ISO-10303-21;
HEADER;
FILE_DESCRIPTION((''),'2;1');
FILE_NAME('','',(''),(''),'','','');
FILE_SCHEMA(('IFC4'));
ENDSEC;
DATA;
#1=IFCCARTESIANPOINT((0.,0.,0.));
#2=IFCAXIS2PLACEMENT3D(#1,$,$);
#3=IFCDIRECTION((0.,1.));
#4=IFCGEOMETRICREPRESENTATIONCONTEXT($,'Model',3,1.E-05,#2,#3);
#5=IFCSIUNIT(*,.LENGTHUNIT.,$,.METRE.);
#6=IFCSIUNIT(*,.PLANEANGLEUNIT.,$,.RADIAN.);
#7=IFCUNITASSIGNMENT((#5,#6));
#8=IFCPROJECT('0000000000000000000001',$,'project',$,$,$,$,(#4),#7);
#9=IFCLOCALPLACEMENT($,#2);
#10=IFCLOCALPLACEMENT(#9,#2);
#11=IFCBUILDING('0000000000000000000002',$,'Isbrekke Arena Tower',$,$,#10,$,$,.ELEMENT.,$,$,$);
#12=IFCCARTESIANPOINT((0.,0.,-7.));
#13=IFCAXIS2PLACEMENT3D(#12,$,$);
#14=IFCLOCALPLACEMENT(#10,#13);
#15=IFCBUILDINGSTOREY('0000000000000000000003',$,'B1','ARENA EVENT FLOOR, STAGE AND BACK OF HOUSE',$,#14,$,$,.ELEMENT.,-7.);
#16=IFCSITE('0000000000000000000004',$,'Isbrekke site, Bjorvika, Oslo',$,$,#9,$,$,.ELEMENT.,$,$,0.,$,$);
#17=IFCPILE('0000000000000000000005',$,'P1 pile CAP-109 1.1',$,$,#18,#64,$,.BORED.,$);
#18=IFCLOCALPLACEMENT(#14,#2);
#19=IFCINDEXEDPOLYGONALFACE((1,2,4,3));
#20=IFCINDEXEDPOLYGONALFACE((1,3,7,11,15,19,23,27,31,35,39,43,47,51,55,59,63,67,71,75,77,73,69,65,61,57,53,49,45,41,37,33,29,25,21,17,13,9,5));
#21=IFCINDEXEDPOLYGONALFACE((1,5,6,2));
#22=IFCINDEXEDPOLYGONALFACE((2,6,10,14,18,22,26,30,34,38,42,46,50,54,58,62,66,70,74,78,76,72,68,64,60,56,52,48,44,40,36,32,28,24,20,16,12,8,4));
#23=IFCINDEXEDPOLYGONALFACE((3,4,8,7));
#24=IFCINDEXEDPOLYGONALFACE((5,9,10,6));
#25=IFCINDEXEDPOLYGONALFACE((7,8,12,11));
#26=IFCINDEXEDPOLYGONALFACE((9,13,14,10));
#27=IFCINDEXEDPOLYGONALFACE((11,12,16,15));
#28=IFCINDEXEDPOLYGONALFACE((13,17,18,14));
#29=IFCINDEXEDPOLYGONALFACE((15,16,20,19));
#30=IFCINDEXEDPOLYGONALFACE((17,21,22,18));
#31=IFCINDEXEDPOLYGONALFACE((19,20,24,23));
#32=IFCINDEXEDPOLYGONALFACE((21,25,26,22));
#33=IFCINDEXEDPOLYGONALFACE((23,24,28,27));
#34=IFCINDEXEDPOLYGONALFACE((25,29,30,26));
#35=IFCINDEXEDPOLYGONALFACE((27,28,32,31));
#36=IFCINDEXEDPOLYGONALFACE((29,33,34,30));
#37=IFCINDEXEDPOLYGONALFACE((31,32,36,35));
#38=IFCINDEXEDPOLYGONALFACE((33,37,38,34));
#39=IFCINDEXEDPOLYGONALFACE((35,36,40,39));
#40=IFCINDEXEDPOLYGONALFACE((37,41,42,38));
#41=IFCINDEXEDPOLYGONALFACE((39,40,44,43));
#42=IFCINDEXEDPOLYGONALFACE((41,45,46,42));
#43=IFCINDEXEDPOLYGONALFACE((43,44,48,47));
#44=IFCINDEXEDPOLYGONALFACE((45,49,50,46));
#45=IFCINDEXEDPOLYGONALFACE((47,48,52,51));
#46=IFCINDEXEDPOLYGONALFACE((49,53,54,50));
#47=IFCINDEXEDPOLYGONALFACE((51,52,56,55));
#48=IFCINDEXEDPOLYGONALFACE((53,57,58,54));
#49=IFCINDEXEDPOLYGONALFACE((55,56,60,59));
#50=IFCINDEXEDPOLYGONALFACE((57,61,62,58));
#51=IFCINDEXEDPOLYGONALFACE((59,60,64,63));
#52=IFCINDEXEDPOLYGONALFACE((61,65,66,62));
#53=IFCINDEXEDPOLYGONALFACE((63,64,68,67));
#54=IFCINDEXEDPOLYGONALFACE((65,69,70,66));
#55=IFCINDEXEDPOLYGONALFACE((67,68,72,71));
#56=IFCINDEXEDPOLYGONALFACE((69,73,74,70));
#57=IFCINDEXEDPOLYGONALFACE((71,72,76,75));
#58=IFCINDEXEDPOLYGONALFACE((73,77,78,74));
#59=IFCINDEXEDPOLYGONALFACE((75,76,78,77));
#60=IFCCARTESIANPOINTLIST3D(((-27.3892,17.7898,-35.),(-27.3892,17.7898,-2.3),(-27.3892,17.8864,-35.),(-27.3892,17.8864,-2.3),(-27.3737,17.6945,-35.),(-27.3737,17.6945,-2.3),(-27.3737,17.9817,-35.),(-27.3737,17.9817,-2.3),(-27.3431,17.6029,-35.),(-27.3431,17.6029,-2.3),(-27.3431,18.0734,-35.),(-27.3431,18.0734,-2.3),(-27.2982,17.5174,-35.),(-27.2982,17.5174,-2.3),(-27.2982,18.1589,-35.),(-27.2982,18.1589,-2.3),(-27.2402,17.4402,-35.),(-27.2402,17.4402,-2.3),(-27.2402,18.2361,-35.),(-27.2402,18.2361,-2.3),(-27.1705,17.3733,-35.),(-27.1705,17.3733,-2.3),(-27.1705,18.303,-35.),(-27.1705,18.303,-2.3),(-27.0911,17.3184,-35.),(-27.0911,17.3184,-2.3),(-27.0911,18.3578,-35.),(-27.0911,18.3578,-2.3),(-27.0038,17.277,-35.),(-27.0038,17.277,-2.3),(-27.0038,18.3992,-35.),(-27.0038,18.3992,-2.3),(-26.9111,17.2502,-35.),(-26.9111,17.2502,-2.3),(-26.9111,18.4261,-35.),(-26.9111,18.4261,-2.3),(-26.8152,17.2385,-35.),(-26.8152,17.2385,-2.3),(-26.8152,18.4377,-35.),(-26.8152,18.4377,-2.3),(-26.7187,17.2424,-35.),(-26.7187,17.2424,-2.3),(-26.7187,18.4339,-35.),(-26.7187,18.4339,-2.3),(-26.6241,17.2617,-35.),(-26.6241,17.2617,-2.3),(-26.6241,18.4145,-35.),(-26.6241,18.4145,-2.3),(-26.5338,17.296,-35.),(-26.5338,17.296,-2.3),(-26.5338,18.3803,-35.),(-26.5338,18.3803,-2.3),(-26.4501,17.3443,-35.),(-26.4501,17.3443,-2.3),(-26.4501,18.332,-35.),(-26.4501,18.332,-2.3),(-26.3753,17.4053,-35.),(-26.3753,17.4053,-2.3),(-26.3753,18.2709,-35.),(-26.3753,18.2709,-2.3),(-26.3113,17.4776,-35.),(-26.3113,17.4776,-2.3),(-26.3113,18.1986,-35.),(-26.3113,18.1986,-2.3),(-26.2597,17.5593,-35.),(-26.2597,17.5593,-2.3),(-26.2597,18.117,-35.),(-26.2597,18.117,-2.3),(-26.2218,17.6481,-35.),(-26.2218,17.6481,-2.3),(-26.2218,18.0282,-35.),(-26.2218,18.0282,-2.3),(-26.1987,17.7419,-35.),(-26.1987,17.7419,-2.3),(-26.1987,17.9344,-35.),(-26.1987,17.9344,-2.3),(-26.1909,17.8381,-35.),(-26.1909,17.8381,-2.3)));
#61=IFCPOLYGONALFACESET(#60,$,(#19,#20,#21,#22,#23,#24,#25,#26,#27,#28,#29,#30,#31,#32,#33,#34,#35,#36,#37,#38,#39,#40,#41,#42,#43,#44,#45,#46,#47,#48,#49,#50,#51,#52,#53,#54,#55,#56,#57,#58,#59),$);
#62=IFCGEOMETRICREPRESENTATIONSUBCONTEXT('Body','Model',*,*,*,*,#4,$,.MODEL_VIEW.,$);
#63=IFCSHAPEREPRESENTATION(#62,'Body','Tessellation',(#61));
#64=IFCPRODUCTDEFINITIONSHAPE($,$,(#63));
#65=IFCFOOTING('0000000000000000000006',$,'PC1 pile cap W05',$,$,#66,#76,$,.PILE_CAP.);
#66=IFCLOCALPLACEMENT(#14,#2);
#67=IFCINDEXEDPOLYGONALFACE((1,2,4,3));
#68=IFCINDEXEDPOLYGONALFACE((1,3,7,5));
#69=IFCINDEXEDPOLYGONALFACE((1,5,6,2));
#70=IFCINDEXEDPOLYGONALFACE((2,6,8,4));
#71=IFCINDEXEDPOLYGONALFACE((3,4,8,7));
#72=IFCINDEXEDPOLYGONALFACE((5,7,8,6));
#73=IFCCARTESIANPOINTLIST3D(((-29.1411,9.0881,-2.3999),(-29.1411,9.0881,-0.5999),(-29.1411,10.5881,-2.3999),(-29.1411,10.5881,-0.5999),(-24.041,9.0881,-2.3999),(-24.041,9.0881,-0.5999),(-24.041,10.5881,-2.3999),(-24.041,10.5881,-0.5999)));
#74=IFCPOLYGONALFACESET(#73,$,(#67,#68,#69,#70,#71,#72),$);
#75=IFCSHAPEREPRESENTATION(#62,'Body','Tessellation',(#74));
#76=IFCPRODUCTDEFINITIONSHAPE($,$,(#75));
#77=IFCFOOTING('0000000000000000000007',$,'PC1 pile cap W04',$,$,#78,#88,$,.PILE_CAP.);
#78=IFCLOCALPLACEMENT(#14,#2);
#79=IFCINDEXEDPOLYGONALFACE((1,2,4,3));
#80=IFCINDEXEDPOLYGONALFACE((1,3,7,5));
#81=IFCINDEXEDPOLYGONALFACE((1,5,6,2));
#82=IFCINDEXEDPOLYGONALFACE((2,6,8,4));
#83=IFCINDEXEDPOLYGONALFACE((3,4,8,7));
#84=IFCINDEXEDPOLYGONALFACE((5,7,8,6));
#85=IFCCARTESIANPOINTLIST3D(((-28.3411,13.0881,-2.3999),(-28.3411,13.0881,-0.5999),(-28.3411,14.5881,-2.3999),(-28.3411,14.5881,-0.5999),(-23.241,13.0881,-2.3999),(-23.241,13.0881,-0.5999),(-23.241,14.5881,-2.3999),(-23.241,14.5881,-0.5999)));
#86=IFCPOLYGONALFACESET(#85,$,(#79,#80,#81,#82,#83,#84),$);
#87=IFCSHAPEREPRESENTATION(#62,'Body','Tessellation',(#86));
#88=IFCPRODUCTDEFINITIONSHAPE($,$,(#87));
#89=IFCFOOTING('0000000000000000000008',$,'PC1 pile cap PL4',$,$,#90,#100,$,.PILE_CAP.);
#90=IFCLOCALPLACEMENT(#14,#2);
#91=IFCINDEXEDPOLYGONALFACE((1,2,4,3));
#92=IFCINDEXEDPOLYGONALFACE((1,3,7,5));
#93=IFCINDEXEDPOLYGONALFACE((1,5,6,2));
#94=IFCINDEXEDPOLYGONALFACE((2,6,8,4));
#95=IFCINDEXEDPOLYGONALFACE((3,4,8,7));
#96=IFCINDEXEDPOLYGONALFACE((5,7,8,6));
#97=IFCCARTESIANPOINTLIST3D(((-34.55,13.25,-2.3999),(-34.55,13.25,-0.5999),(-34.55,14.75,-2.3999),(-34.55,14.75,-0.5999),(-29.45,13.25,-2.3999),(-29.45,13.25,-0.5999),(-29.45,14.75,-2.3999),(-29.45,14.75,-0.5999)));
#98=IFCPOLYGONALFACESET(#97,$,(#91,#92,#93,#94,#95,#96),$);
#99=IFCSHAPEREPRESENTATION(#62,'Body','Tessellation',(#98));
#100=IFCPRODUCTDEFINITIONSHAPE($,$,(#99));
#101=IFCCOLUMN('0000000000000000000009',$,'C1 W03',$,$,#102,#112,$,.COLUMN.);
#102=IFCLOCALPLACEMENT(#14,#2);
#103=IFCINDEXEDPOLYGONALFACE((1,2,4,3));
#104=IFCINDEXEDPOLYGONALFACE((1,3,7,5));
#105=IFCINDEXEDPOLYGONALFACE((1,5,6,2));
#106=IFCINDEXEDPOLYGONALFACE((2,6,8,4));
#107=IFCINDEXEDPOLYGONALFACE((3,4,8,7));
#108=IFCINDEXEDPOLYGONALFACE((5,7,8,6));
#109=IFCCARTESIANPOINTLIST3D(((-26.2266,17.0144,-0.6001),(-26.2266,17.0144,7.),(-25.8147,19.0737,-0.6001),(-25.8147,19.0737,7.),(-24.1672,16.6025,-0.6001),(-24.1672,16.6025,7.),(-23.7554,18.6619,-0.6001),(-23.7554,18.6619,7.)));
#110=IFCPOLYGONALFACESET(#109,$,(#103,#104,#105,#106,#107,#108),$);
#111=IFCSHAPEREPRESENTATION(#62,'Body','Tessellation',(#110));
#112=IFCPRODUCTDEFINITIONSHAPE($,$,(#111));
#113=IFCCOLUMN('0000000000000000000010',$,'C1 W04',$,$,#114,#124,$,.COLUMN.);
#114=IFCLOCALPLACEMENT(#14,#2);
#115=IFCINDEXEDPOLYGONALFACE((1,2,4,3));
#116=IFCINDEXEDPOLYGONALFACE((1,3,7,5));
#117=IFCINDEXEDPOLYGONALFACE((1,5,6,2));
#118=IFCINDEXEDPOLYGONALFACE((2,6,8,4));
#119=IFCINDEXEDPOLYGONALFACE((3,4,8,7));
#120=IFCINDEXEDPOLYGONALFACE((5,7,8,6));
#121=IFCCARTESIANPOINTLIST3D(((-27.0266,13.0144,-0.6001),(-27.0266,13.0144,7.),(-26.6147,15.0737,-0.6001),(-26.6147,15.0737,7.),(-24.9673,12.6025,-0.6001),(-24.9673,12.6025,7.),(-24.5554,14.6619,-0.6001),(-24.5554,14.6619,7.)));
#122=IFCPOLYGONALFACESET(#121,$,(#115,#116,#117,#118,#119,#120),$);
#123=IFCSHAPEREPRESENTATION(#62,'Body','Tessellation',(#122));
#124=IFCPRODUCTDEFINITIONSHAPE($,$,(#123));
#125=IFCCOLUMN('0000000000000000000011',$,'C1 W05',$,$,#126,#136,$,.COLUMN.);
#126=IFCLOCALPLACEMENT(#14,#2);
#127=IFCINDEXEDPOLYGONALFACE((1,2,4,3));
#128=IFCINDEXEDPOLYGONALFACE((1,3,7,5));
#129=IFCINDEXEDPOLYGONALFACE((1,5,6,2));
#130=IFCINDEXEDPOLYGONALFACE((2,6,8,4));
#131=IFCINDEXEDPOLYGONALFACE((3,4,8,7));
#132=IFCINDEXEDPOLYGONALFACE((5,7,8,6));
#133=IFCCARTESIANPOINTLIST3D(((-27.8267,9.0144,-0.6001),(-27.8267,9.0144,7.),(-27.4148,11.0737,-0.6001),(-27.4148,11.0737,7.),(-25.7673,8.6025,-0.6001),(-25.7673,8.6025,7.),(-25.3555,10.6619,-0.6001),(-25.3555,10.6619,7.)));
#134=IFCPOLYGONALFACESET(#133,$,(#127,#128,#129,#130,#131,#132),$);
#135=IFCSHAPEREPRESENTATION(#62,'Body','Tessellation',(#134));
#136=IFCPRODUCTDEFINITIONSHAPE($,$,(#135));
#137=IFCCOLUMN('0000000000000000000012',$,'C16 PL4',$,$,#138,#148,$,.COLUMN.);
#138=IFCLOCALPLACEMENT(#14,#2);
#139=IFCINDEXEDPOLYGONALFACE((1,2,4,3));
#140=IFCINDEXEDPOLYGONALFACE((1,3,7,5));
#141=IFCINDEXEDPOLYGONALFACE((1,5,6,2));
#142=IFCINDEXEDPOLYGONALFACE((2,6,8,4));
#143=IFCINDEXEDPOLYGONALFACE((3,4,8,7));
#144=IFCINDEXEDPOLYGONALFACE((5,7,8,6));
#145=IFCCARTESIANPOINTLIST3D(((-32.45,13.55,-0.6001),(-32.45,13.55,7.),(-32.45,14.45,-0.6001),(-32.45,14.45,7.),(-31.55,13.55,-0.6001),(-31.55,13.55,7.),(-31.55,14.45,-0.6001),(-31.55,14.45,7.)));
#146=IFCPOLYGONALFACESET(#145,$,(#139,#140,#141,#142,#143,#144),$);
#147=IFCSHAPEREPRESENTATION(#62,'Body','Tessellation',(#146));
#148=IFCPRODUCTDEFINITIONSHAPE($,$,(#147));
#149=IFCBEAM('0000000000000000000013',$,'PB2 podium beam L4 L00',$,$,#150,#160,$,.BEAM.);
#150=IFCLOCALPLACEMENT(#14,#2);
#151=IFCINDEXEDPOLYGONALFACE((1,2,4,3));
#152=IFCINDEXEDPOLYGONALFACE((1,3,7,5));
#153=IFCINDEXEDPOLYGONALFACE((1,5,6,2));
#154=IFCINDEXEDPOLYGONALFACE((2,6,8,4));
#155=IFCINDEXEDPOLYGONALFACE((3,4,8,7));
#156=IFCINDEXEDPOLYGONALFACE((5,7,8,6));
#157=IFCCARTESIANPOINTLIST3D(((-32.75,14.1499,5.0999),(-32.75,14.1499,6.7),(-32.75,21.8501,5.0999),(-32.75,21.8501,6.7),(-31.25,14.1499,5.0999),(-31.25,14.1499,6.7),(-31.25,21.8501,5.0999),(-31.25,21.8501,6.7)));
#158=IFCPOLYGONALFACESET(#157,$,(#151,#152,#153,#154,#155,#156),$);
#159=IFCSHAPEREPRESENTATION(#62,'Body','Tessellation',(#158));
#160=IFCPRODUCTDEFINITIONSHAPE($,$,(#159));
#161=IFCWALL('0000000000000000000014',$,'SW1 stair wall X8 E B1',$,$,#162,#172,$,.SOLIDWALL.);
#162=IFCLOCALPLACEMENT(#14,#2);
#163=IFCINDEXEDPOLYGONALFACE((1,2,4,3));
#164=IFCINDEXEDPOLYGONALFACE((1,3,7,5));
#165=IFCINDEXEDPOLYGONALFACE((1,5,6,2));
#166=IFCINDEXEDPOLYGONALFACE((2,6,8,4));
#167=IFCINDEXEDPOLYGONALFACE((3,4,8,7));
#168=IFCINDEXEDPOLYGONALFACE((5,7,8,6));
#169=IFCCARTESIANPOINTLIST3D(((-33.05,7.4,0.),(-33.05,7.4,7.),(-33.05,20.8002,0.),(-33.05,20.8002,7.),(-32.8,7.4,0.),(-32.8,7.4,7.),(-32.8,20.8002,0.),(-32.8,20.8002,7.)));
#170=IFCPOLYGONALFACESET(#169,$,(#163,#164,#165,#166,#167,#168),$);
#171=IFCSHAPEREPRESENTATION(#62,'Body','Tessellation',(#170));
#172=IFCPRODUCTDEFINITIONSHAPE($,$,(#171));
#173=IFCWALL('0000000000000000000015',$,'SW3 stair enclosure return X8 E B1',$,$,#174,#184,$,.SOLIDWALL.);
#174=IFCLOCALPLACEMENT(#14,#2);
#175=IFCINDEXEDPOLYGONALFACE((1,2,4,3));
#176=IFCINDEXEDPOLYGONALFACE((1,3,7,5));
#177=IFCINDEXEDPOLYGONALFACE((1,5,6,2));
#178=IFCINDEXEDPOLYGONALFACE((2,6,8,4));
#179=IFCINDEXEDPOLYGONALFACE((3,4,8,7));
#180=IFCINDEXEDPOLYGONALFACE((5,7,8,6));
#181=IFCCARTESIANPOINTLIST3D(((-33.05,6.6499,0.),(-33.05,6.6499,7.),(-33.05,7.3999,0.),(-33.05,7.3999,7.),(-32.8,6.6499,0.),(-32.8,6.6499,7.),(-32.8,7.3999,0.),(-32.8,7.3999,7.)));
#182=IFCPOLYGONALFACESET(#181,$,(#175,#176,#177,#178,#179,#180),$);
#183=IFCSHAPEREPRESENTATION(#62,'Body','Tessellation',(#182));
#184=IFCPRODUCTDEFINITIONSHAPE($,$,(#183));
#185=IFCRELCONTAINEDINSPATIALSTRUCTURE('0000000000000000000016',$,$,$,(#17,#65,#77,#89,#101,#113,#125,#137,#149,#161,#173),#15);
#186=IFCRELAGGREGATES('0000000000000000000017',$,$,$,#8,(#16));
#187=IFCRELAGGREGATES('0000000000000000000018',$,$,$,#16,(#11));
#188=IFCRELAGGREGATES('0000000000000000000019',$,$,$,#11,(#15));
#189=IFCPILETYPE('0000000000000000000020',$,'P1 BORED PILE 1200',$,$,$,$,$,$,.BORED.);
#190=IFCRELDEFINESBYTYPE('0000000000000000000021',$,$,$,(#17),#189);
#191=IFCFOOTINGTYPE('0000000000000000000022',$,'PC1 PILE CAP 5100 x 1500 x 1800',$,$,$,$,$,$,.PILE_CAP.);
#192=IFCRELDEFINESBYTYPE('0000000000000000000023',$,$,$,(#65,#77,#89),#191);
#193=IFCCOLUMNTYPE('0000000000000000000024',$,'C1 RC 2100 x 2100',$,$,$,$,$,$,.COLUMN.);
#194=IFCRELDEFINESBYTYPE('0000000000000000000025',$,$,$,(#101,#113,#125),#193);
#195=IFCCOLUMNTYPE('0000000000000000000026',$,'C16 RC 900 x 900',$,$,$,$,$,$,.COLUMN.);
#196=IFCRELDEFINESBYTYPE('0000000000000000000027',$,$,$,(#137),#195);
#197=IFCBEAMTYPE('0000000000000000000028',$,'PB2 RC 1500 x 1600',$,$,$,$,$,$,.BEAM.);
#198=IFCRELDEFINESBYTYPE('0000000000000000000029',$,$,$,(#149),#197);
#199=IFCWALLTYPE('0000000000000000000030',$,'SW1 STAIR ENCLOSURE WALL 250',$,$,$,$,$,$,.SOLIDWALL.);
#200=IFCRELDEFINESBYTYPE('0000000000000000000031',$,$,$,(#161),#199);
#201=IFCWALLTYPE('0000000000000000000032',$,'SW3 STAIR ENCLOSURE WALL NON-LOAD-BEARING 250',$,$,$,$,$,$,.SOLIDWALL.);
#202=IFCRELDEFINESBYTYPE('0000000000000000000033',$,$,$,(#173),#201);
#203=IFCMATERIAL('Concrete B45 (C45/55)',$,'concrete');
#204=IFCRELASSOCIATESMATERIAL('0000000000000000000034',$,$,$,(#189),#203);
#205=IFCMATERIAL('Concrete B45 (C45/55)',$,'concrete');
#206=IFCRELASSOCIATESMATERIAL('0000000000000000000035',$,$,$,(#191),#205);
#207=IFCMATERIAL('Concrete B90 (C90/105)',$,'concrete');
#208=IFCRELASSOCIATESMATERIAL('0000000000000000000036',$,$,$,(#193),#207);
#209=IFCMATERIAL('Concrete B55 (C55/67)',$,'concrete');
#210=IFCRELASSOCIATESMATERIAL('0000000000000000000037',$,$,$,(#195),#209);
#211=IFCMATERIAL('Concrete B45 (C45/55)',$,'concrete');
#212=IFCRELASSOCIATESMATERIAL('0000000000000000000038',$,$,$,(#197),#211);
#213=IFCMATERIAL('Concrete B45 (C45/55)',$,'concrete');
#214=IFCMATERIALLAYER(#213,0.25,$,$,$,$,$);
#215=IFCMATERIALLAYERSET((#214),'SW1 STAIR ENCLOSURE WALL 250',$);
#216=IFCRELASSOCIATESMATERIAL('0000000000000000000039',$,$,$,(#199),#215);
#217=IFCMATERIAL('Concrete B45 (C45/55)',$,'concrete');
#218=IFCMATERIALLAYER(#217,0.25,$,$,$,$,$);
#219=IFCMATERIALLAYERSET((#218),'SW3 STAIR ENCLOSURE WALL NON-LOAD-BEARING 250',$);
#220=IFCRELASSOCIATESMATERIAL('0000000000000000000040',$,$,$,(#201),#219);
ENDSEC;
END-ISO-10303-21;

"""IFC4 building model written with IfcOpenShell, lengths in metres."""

from ifc_helpers import new_model, si_unit, direction, frame, frame_2d, origin, origin_2d, place, context, subcontext, project, spatial, rectangle, circle, extrude, material, layer, layer_set, material_profile, profile_set, type_object, element, save


model = new_model("IFC4")

# Units and contexts
model_context = context("Model", 3, precision=1e-05, world=origin(), true_north=direction((0.0, 1.0)))
body_context = subcontext(model_context, "Body", "Model", "MODEL_VIEW")
ifc_project = project(units=[si_unit("LENGTHUNIT", "METRE"), si_unit("PLANEANGLEUNIT", "RADIAN")], contexts=[model_context])

# Site, building, storey
site_placement = place(None, origin())
site = spatial("IfcSite", under=ifc_project, at=site_placement, Name="Isbrekke site, Bjorvika, Oslo", CompositionType="ELEMENT", RefElevation=0.0)
building_placement = place(site_placement, origin())
building = spatial("IfcBuilding", under=site, at=building_placement, Name="Isbrekke Arena Tower", CompositionType="ELEMENT")
storey_placement = place(building_placement, frame((0.0, 0.0, -7.0)))
storey = spatial("IfcBuildingStorey", under=building, at=storey_placement, Name="B1", Description="ARENA EVENT FLOOR, STAGE AND BACK OF HOUSE", CompositionType="ELEMENT", Elevation=-7.0)

# Pile
ifc_material_1 = material(Name="Concrete B45 (C45/55)", Category="concrete")
ifc_material_profile_1 = material_profile(ifc_material_1, circle(Radius=0.6001, at=origin_2d()), Name="BORED PILE D1200")
ifc_profile_set_1 = profile_set([ifc_material_profile_1], Name="Concrete B45 (C45/55)")
pile_type = type_object("IfcPileType", Name="P1 BORED PILE 1200", PredefinedType="BORED", material=ifc_profile_set_1)
for number, where, z_axis, x_axis, name in (
    (1, (-26.791, 17.8381, -2.3), (0.0, 0.0, -1.0), (1.0, 0.0, 0.0), "P1 pile CAP-109 1.1"),
):
    element("IfcPile", number, at=place(storey_placement, frame(where, z_axis=z_axis, x_axis=x_axis)), inside=storey, type_object=pile_type, Name=name, PredefinedType="BORED", context=body_context, shape_type="SweptSolid", body=[
        extrude(circle(Radius=0.6001, at=origin_2d()), origin(), (0.0, 0.0, 1.0), 32.7),
    ])

# Footings
ifc_material_2 = material(Name="Concrete B45 (C45/55)", Category="concrete")
footing_type = type_object("IfcFootingType", Name="PC1 PILE CAP 5100 x 1500 x 1800", PredefinedType="PILE_CAP", material=ifc_material_2)
for number, where, z_axis, x_axis, name in (
    (2, (-26.5911, 9.8381, -2.3999), (0.0, 0.0, 1.0), (1.0, 0.0, 0.0), "PC1 pile cap W05"),
    (3, (-25.791, 13.8381, -2.3999), (0.0, 0.0, 1.0), (1.0, 0.0, 0.0), "PC1 pile cap W04"),
    (4, (-32.0, 14.0, -2.3999), (0.0, 0.0, 1.0), (1.0, 0.0, 0.0), "PC1 pile cap PL4"),
):
    element("IfcFooting", number, at=place(storey_placement, frame(where, z_axis=z_axis, x_axis=x_axis)), inside=storey, type_object=footing_type, Name=name, PredefinedType="PILE_CAP", context=body_context, shape_type="SweptSolid", body=[
        extrude(rectangle(XDim=5.1001, YDim=1.5, at=origin_2d()), origin(), (0.0, 0.0, 1.0), 1.8),
    ])

# Columns
ifc_material_3 = material(Name="Concrete B90 (C90/105)", Category="concrete")
ifc_material_profile_2 = material_profile(ifc_material_3, rectangle(XDim=2.1001, YDim=2.1001, at=origin_2d()), Name="RC 2100x2100")
ifc_profile_set_2 = profile_set([ifc_material_profile_2], Name="Concrete B90 (C90/105)")
column_type_1 = type_object("IfcColumnType", Name="C1 RC 2100 x 2100", PredefinedType="COLUMN", material=ifc_profile_set_2)
for number, where, z_axis, x_axis, name in (
    (5, (-24.991, 17.8381, -0.6001), (0.0, 0.0, 1.0), (-0.196116, -0.980581, 0.0), "C1 W03"),
    (6, (-25.791, 13.8381, -0.6001), (0.0, 0.0, 1.0), (-0.196116, -0.980581, 0.0), "C1 W04"),
    (7, (-26.5911, 9.8381, -0.6001), (0.0, 0.0, 1.0), (-0.196116, -0.980581, 0.0), "C1 W05"),
):
    element("IfcColumn", number, at=place(storey_placement, frame(where, z_axis=z_axis, x_axis=x_axis)), inside=storey, type_object=column_type_1, Name=name, PredefinedType="COLUMN", context=body_context, shape_type="SweptSolid", body=[
        extrude(rectangle(XDim=2.1001, YDim=2.1001, at=origin_2d()), origin(), (0.0, 0.0, 1.0), 7.6001),
    ])
ifc_material_4 = material(Name="Concrete B55 (C55/67)", Category="concrete")
ifc_material_profile_3 = material_profile(ifc_material_4, rectangle(XDim=0.8999, YDim=0.8999, at=origin_2d()), Name="RC 900x900")
ifc_profile_set_3 = profile_set([ifc_material_profile_3], Name="Concrete B55 (C55/67)")
column_type_2 = type_object("IfcColumnType", Name="C16 RC 900 x 900", PredefinedType="COLUMN", material=ifc_profile_set_3)
column_placement = place(storey_placement, frame((-32.0, 14.0, -0.6001), z_axis=(0.0, 0.0, 1.0), x_axis=(1.0, 0.0, 0.0)))
element("IfcColumn", 8, at=column_placement, inside=storey, type_object=column_type_2, Name="C16 PL4", PredefinedType="COLUMN", context=body_context, shape_type="SweptSolid", body=[
    extrude(rectangle(XDim=0.8999, YDim=0.8999, at=origin_2d()), origin(), (0.0, 0.0, 1.0), 7.6001),
])

# Beam
ifc_material_5 = material(Name="Concrete B45 (C45/55)", Category="concrete")
ifc_material_profile_4 = material_profile(ifc_material_5, rectangle(XDim=1.5, YDim=1.6001, at=origin_2d()), Name="RC 1500x1600")
ifc_profile_set_4 = profile_set([ifc_material_profile_4], Name="Concrete B45 (C45/55)")
beam_type = type_object("IfcBeamType", Name="PB2 RC 1500 x 1600", PredefinedType="BEAM", material=ifc_profile_set_4)
beam_placement = place(storey_placement, frame((-32.0, 14.1499, 5.8999), z_axis=(0.0, 1.0, 0.0), x_axis=(-1.0, 0.0, 0.0)))
element("IfcBeam", 9, at=beam_placement, inside=storey, type_object=beam_type, Name="PB2 podium beam L4 L00", PredefinedType="BEAM", context=body_context, shape_type="SweptSolid", body=[
    extrude(rectangle(XDim=1.5, YDim=1.6001, at=origin_2d()), origin(), (0.0, 0.0, 1.0), 7.7002),
])

# Walls
ifc_material_6 = material(Name="Concrete B45 (C45/55)", Category="concrete")
ifc_layer_1 = layer(ifc_material_6, 0.25)
ifc_layer_set_1 = layer_set([ifc_layer_1], Name="SW1 STAIR ENCLOSURE WALL 250")
wall_type_1 = type_object("IfcWallType", Name="SW1 STAIR ENCLOSURE WALL 250", PredefinedType="SOLIDWALL", material=ifc_layer_set_1)
wall_1_placement = place(storey_placement, frame((-32.925, 7.3999, 0.0), z_axis=(0.0, 0.0, 1.0), x_axis=(0.0, 1.0, 0.0)))
element("IfcWall", 10, at=wall_1_placement, inside=storey, type_object=wall_type_1, Name="SW1 stair wall X8 E B1", PredefinedType="SOLIDWALL", context=body_context, shape_type="SweptSolid", body=[
    extrude(rectangle(XDim=13.4001, YDim=0.25, at=frame_2d((6.7002, 0.0))), origin(), (0.0, 0.0, 1.0), 7.0),
])
ifc_material_7 = material(Name="Concrete B45 (C45/55)", Category="concrete")
ifc_layer_2 = layer(ifc_material_7, 0.25)
ifc_layer_set_2 = layer_set([ifc_layer_2], Name="SW3 STAIR ENCLOSURE WALL NON-LOAD-BEARING 250")
wall_type_2 = type_object("IfcWallType", Name="SW3 STAIR ENCLOSURE WALL NON-LOAD-BEARING 250", PredefinedType="SOLIDWALL", material=ifc_layer_set_2)
wall_2_placement = place(storey_placement, frame((-32.925, 6.6499, 0.0), z_axis=(0.0, 0.0, 1.0), x_axis=(0.0, 1.0, 0.0)))
element("IfcWall", 11, at=wall_2_placement, inside=storey, type_object=wall_type_2, Name="SW3 stair enclosure return X8 E B1", PredefinedType="SOLIDWALL", context=body_context, shape_type="SweptSolid", body=[
    extrude(rectangle(XDim=0.75, YDim=0.25, at=frame_2d((0.375, 0.0))), origin(), (0.0, 0.0, 1.0), 7.0),
])

save(model, "model.ifc")
